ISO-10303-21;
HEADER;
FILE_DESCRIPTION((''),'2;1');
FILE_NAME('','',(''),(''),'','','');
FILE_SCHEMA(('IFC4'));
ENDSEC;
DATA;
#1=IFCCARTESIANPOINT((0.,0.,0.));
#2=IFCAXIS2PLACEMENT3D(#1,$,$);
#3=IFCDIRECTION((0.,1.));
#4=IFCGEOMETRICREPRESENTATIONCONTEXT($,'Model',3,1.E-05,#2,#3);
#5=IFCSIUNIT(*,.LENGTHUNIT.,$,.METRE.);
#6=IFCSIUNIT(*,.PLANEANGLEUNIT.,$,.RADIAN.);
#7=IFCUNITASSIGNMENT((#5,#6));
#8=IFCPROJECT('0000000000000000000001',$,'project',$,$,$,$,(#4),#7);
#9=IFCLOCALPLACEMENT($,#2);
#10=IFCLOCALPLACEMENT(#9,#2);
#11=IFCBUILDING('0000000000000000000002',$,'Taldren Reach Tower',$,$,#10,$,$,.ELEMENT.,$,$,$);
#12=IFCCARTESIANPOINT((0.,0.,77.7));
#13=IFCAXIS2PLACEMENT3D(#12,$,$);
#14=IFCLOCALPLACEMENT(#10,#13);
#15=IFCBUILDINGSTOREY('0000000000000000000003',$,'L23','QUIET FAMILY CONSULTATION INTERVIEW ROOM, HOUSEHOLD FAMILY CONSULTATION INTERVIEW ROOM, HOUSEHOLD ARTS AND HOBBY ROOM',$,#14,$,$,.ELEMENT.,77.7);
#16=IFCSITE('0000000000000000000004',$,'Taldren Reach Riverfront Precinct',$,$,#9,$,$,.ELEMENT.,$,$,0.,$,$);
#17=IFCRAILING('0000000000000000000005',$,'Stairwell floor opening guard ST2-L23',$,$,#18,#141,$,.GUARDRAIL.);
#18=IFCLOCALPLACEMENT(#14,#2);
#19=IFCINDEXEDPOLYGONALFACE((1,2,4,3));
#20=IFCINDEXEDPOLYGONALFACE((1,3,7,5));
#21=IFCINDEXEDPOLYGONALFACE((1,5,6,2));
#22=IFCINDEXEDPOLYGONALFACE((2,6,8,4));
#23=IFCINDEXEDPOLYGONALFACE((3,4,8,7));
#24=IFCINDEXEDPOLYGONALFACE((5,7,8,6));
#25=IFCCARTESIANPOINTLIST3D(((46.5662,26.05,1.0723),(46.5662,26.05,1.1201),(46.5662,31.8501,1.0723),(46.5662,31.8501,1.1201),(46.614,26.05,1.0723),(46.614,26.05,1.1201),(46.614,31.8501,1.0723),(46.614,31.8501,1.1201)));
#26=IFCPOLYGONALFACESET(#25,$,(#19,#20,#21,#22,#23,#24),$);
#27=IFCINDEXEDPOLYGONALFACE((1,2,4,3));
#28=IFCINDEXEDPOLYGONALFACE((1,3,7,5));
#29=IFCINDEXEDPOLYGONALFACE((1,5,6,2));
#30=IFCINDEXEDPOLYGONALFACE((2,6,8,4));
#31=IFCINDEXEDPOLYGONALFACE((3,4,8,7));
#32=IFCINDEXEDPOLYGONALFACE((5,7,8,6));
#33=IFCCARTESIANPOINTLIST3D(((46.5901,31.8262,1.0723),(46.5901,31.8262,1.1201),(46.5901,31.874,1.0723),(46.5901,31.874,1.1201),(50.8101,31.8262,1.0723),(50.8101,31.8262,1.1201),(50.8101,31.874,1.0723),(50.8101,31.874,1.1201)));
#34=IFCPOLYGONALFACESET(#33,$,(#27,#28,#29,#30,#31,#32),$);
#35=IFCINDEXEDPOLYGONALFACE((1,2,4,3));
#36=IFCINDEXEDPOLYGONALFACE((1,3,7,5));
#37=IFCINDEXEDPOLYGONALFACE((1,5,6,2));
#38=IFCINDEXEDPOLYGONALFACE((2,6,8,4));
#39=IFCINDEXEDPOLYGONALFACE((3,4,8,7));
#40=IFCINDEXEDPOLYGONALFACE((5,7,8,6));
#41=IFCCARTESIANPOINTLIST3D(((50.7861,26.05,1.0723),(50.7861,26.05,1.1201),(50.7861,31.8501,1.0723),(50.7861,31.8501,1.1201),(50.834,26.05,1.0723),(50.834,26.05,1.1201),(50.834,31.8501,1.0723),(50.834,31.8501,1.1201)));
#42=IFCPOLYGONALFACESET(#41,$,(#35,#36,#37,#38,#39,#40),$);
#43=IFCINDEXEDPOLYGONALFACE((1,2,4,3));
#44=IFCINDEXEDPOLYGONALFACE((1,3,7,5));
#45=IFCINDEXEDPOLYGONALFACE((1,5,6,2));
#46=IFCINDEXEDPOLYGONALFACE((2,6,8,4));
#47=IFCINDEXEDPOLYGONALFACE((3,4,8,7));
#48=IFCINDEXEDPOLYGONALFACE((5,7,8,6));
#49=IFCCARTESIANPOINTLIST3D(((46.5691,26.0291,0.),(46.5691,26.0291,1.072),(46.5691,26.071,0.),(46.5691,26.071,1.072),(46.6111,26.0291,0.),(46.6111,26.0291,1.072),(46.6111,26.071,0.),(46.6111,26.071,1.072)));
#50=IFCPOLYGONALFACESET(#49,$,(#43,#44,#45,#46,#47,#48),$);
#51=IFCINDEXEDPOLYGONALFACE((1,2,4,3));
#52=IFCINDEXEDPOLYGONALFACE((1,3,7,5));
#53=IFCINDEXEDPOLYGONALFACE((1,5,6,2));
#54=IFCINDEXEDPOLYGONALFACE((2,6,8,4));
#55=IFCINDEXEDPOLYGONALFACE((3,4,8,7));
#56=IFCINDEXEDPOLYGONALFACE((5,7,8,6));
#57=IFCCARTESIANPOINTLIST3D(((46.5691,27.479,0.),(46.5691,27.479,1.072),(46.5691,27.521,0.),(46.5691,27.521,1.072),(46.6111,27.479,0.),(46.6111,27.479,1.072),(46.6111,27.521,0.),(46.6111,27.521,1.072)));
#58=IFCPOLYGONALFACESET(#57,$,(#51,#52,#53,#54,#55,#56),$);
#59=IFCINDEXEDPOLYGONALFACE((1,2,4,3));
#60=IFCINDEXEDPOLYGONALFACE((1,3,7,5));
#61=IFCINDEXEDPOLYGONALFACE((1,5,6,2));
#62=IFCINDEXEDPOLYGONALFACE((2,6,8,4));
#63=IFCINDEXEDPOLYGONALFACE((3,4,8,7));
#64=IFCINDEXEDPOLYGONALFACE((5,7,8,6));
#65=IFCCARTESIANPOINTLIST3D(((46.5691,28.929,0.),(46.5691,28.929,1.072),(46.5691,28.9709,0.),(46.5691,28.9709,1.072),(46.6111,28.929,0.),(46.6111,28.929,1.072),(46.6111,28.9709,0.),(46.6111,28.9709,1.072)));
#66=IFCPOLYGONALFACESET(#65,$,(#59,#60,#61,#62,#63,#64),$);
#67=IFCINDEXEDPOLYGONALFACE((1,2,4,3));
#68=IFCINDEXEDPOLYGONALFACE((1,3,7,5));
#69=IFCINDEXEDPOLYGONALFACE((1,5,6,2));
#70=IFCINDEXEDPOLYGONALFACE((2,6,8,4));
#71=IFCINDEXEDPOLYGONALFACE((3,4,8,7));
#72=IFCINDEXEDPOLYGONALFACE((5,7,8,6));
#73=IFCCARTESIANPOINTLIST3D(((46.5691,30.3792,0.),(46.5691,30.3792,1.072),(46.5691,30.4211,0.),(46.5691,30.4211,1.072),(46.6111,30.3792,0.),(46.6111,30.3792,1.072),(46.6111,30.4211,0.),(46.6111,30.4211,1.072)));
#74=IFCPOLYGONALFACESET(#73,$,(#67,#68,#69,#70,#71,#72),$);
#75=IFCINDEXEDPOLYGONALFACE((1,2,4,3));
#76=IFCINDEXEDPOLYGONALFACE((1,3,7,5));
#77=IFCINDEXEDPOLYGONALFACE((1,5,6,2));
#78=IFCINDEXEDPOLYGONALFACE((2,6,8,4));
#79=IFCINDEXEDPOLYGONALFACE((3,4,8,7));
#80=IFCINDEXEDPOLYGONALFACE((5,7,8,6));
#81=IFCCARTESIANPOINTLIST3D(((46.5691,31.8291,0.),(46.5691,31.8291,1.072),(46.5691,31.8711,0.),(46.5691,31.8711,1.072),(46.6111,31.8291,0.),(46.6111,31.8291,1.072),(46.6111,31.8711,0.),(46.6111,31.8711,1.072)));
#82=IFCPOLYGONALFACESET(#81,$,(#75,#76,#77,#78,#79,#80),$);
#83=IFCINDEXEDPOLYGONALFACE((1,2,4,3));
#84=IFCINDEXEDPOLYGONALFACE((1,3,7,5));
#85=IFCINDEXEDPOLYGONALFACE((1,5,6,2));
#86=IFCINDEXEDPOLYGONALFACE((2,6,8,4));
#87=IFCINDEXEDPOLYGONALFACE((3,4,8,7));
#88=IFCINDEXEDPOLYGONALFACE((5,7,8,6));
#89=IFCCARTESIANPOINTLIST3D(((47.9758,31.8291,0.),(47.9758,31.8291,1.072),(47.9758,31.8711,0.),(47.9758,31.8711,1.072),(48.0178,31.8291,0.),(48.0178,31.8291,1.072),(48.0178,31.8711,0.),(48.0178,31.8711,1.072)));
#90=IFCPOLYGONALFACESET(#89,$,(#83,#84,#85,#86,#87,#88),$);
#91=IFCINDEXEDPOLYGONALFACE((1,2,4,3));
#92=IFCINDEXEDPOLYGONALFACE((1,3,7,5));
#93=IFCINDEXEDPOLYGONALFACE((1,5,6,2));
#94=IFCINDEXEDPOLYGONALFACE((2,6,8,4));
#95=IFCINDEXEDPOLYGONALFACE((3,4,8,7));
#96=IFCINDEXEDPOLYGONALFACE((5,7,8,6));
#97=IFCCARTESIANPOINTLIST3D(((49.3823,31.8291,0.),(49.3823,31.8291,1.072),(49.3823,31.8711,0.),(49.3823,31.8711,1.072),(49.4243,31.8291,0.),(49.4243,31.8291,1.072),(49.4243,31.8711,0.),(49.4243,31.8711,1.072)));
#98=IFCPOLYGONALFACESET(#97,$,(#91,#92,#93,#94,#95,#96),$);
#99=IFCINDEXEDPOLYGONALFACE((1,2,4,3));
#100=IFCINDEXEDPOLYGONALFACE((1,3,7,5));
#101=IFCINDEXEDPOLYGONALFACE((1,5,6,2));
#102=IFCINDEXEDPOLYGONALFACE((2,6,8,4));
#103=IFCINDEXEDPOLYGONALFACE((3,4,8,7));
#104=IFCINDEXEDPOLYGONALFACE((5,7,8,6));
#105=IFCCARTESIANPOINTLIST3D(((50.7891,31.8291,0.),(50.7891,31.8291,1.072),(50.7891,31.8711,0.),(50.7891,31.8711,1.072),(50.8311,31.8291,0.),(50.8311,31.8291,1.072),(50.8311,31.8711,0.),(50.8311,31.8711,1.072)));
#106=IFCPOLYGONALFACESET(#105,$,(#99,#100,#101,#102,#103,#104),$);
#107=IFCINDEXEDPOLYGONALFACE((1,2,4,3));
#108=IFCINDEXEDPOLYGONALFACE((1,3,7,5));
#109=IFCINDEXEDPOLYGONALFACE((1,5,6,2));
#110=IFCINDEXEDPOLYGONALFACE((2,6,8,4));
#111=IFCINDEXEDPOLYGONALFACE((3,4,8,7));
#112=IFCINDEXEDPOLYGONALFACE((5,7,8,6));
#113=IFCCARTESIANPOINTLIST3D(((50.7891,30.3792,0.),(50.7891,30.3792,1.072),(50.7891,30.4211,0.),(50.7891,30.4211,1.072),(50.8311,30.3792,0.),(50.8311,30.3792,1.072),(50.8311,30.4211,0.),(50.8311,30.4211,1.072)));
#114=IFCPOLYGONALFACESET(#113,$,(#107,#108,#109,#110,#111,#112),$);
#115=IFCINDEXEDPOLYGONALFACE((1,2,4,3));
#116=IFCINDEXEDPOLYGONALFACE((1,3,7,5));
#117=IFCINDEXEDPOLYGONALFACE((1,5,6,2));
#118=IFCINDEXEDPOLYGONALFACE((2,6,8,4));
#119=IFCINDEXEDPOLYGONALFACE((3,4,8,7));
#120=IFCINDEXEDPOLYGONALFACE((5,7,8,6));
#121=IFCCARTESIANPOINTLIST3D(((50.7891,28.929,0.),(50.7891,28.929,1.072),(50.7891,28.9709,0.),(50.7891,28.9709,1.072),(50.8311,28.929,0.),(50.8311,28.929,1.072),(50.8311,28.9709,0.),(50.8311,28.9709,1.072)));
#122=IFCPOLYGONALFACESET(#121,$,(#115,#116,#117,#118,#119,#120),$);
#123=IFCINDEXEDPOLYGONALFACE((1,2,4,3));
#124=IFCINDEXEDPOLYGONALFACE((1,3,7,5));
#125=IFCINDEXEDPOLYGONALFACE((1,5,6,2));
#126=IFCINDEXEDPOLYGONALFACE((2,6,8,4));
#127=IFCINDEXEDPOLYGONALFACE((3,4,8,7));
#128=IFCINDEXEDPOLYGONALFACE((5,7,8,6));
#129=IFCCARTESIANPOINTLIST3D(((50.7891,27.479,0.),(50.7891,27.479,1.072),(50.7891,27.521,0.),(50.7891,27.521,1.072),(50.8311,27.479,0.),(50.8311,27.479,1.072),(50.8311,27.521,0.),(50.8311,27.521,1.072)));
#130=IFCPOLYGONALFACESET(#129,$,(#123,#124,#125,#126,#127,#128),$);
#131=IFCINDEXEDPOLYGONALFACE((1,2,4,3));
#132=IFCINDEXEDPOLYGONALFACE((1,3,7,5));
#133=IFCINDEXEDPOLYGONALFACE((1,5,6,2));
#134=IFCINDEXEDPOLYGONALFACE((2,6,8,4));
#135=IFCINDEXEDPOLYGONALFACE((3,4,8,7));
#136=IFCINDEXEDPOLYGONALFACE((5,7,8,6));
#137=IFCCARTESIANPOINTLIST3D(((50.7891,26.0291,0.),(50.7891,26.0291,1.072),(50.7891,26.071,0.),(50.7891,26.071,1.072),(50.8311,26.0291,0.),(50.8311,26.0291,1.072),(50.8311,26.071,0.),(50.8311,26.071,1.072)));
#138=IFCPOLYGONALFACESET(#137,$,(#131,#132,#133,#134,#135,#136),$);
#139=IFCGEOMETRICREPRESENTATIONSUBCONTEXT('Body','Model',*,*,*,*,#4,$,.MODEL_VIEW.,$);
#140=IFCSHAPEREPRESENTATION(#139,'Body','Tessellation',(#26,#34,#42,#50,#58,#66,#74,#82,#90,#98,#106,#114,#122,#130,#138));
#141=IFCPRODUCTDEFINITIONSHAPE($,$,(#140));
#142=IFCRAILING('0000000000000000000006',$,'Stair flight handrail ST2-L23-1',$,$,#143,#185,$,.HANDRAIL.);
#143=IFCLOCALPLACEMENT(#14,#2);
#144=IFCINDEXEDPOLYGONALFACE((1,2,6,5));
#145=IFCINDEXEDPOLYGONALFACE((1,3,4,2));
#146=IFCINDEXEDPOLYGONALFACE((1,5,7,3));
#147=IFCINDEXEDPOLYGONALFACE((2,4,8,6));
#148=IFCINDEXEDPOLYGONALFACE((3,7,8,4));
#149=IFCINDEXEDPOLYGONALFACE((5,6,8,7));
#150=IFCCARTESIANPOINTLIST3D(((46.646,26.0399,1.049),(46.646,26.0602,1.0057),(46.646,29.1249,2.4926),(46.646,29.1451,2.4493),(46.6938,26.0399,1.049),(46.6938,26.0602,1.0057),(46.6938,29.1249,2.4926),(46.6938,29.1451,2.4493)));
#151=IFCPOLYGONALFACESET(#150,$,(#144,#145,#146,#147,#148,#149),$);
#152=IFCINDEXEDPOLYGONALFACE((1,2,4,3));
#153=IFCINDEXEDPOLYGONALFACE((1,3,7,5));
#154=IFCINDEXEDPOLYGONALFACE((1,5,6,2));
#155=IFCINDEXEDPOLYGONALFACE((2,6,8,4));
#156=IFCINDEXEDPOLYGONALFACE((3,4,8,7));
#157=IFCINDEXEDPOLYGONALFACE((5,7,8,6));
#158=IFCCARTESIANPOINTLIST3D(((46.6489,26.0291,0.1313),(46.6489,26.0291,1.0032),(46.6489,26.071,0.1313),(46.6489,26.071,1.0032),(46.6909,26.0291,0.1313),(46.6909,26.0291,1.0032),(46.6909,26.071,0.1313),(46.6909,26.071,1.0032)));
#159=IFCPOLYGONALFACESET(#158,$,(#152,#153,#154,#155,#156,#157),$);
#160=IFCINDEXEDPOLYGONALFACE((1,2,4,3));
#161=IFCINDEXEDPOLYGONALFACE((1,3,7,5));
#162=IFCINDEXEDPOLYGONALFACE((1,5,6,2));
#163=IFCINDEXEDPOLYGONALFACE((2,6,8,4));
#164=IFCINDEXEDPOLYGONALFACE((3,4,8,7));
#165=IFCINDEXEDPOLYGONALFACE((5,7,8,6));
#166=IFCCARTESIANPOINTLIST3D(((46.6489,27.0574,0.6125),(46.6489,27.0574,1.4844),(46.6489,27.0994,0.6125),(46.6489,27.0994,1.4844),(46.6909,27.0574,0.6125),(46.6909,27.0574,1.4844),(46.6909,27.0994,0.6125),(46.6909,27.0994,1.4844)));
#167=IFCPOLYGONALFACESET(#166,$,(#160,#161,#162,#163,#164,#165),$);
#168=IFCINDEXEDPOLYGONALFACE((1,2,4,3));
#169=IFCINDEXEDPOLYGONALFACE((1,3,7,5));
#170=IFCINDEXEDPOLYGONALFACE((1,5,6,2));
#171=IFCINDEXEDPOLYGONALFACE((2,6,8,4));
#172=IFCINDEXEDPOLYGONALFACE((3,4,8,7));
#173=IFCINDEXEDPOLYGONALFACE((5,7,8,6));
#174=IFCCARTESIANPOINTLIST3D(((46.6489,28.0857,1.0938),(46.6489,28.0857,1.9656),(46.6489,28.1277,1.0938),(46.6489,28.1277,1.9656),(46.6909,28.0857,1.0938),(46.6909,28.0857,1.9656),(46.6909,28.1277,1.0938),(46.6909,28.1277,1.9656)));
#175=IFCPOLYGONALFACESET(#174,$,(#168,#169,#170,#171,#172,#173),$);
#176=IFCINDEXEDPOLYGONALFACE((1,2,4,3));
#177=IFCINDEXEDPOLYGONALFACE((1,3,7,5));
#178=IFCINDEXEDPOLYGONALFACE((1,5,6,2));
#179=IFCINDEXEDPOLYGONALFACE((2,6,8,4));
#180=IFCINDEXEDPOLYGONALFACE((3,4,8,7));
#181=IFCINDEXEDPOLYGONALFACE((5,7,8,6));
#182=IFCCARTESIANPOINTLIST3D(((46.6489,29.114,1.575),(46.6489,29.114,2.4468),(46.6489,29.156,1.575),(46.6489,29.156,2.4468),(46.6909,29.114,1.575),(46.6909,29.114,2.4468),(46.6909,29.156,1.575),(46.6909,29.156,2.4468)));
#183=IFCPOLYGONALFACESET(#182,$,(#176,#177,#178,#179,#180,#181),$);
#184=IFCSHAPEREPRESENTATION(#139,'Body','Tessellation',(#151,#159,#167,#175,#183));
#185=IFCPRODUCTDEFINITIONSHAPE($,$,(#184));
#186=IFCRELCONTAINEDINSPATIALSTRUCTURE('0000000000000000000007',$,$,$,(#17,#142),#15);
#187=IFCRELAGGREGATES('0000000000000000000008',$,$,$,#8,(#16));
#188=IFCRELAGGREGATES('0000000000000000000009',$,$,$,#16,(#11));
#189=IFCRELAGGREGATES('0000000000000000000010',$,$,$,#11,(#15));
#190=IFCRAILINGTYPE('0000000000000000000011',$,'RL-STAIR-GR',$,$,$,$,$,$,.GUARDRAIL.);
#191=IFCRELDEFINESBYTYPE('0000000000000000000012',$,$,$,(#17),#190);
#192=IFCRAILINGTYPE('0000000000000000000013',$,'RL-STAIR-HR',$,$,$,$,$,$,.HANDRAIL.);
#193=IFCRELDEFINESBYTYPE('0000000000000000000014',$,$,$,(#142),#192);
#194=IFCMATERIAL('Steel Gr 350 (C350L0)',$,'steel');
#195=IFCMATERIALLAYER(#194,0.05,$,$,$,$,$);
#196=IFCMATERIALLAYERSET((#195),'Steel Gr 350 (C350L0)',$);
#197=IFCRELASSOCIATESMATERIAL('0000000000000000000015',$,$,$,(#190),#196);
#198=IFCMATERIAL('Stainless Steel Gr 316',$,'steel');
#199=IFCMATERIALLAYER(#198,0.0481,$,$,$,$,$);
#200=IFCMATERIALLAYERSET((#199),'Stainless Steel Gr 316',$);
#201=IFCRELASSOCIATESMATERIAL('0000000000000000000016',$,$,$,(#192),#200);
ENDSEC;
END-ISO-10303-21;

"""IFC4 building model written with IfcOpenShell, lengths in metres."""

from ifc_helpers import new_model, si_unit, direction, frame, origin, origin_2d, place, context, subcontext, project, spatial, rectangle, extrude, material, layer, layer_set, type_object, element, save


model = new_model("IFC4")

# Units and contexts
model_context = context("Model", 3, precision=1e-05, world=origin(), true_north=direction((0.0, 1.0)))
body_context = subcontext(model_context, "Body", "Model", "MODEL_VIEW")
ifc_project = project(units=[si_unit("LENGTHUNIT", "METRE"), si_unit("PLANEANGLEUNIT", "RADIAN")], contexts=[model_context])

# Site, building, storey
site_placement = place(None, origin())
site = spatial("IfcSite", under=ifc_project, at=site_placement, Name="Taldren Reach Riverfront Precinct", CompositionType="ELEMENT", RefElevation=0.0)
building_placement = place(site_placement, origin())
building = spatial("IfcBuilding", under=site, at=building_placement, Name="Taldren Reach Tower", CompositionType="ELEMENT")
storey_placement = place(building_placement, frame((0.0, 0.0, 77.7)))
storey = spatial("IfcBuildingStorey", under=building, at=storey_placement, Name="L23", Description="QUIET FAMILY CONSULTATION INTERVIEW ROOM, HOUSEHOLD FAMILY CONSULTATION INTERVIEW ROOM, HOUSEHOLD ARTS AND HOBBY ROOM", CompositionType="ELEMENT", Elevation=77.7)

# Shared definitions
ifc_material_1 = material(Name="Steel Gr 350 (C350L0)", Category="steel")

# Railings
ifc_layer_1 = layer(ifc_material_1, 0.05)
ifc_layer_set_1 = layer_set([ifc_layer_1], Name="Steel Gr 350 (C350L0)")
railing_type_1 = type_object("IfcRailingType", Name="RL-STAIR-GR", PredefinedType="GUARDRAIL", material=ifc_layer_set_1)
railing_1_placement = place(storey_placement, frame((46.5901, 26.05, 0.0)))
element("IfcRailing", 1, at=railing_1_placement, inside=storey, type_object=railing_type_1, Name="Stairwell floor opening guard ST2-L23", PredefinedType="GUARDRAIL", context=body_context, shape_type="SweptSolid", body=[
    extrude(rectangle(XDim=0.0479, YDim=0.0479, at=origin_2d()), frame((0.0, 0.0, 1.0962), z_axis=(0.0, 1.0, 0.0), x_axis=(-1.0, 0.0, 0.0)), (0.0, 0.0, 1.0), 5.8),
    extrude(rectangle(XDim=0.0479, YDim=0.0479, at=origin_2d()), frame((0.0, 5.8, 1.0962), z_axis=(1.0, 0.0, 0.0), x_axis=(0.0, 1.0, 0.0)), (0.0, 0.0, 1.0), 4.22),
    extrude(rectangle(XDim=0.0479, YDim=0.0479, at=origin_2d()), frame((4.22, 5.8, 1.0962), z_axis=(0.0, -1.0, 0.0), x_axis=(1.0, 0.0, 0.0)), (0.0, 0.0, 1.0), 5.8),
    extrude(rectangle(XDim=0.042, YDim=0.042, at=origin_2d()), origin(), (0.0, 0.0, 1.0), 1.072),
    extrude(rectangle(XDim=0.042, YDim=0.042, at=origin_2d()), frame((0.0, 1.45, 0.0)), (0.0, 0.0, 1.0), 1.072),
    extrude(rectangle(XDim=0.042, YDim=0.042, at=origin_2d()), frame((0.0, 2.8999, 0.0)), (0.0, 0.0, 1.0), 1.072),
    extrude(rectangle(XDim=0.042, YDim=0.042, at=origin_2d()), frame((0.0, 4.3501, 0.0)), (0.0, 0.0, 1.0), 1.072),
    extrude(rectangle(XDim=0.042, YDim=0.042, at=origin_2d()), frame((0.0, 5.8, 0.0)), (0.0, 0.0, 1.0), 1.072),
    extrude(rectangle(XDim=0.042, YDim=0.042, at=origin_2d()), frame((1.4067, 5.8, 0.0)), (0.0, 0.0, 1.0), 1.072),
    extrude(rectangle(XDim=0.042, YDim=0.042, at=origin_2d()), frame((2.8132, 5.8, 0.0)), (0.0, 0.0, 1.0), 1.072),
    extrude(rectangle(XDim=0.042, YDim=0.042, at=origin_2d()), frame((4.22, 5.8, 0.0)), (0.0, 0.0, 1.0), 1.072),
    extrude(rectangle(XDim=0.042, YDim=0.042, at=origin_2d()), frame((4.22, 4.3501, 0.0)), (0.0, 0.0, 1.0), 1.072),
    extrude(rectangle(XDim=0.042, YDim=0.042, at=origin_2d()), frame((4.22, 2.8999, 0.0)), (0.0, 0.0, 1.0), 1.072),
    extrude(rectangle(XDim=0.042, YDim=0.042, at=origin_2d()), frame((4.22, 1.45, 0.0)), (0.0, 0.0, 1.0), 1.072),
    extrude(rectangle(XDim=0.042, YDim=0.042, at=origin_2d()), frame((4.22, 0.0, 0.0)), (0.0, 0.0, 1.0), 1.072),
])
ifc_material_2 = material(Name="Stainless Steel Gr 316", Category="steel")
ifc_layer_2 = layer(ifc_material_2, 0.0481)
ifc_layer_set_2 = layer_set([ifc_layer_2], Name="Stainless Steel Gr 316")
railing_type_2 = type_object("IfcRailingType", Name="RL-STAIR-HR", PredefinedType="HANDRAIL", material=ifc_layer_set_2)
railing_2_placement = place(storey_placement, frame((46.6699, 26.05, 0.1313)))
element("IfcRailing", 2, at=railing_2_placement, inside=storey, type_object=railing_type_2, Name="Stair flight handrail ST2-L23-1", PredefinedType="HANDRAIL", context=body_context, shape_type="SweptSolid", body=[
    extrude(rectangle(XDim=0.0479, YDim=0.0479, at=origin_2d()), frame((0.0, 0.0, 0.896), z_axis=(0.0, 0.905738, 0.423839), x_axis=(-1.0, 0.0, 0.0)), (0.0, 0.0, 1.0), 3.406),
    extrude(rectangle(XDim=0.042, YDim=0.042, at=origin_2d()), origin(), (0.0, 0.0, 1.0), 0.8718),
    extrude(rectangle(XDim=0.042, YDim=0.042, at=origin_2d()), frame((0.0, 1.0283, 0.4812)), (0.0, 0.0, 1.0), 0.8718),
    extrude(rectangle(XDim=0.042, YDim=0.042, at=origin_2d()), frame((0.0, 2.0566, 0.9624)), (0.0, 0.0, 1.0), 0.8718),
    extrude(rectangle(XDim=0.042, YDim=0.042, at=origin_2d()), frame((0.0, 3.085, 1.4436)), (0.0, 0.0, 1.0), 0.8718),
])

save(model, "model.ifc")
